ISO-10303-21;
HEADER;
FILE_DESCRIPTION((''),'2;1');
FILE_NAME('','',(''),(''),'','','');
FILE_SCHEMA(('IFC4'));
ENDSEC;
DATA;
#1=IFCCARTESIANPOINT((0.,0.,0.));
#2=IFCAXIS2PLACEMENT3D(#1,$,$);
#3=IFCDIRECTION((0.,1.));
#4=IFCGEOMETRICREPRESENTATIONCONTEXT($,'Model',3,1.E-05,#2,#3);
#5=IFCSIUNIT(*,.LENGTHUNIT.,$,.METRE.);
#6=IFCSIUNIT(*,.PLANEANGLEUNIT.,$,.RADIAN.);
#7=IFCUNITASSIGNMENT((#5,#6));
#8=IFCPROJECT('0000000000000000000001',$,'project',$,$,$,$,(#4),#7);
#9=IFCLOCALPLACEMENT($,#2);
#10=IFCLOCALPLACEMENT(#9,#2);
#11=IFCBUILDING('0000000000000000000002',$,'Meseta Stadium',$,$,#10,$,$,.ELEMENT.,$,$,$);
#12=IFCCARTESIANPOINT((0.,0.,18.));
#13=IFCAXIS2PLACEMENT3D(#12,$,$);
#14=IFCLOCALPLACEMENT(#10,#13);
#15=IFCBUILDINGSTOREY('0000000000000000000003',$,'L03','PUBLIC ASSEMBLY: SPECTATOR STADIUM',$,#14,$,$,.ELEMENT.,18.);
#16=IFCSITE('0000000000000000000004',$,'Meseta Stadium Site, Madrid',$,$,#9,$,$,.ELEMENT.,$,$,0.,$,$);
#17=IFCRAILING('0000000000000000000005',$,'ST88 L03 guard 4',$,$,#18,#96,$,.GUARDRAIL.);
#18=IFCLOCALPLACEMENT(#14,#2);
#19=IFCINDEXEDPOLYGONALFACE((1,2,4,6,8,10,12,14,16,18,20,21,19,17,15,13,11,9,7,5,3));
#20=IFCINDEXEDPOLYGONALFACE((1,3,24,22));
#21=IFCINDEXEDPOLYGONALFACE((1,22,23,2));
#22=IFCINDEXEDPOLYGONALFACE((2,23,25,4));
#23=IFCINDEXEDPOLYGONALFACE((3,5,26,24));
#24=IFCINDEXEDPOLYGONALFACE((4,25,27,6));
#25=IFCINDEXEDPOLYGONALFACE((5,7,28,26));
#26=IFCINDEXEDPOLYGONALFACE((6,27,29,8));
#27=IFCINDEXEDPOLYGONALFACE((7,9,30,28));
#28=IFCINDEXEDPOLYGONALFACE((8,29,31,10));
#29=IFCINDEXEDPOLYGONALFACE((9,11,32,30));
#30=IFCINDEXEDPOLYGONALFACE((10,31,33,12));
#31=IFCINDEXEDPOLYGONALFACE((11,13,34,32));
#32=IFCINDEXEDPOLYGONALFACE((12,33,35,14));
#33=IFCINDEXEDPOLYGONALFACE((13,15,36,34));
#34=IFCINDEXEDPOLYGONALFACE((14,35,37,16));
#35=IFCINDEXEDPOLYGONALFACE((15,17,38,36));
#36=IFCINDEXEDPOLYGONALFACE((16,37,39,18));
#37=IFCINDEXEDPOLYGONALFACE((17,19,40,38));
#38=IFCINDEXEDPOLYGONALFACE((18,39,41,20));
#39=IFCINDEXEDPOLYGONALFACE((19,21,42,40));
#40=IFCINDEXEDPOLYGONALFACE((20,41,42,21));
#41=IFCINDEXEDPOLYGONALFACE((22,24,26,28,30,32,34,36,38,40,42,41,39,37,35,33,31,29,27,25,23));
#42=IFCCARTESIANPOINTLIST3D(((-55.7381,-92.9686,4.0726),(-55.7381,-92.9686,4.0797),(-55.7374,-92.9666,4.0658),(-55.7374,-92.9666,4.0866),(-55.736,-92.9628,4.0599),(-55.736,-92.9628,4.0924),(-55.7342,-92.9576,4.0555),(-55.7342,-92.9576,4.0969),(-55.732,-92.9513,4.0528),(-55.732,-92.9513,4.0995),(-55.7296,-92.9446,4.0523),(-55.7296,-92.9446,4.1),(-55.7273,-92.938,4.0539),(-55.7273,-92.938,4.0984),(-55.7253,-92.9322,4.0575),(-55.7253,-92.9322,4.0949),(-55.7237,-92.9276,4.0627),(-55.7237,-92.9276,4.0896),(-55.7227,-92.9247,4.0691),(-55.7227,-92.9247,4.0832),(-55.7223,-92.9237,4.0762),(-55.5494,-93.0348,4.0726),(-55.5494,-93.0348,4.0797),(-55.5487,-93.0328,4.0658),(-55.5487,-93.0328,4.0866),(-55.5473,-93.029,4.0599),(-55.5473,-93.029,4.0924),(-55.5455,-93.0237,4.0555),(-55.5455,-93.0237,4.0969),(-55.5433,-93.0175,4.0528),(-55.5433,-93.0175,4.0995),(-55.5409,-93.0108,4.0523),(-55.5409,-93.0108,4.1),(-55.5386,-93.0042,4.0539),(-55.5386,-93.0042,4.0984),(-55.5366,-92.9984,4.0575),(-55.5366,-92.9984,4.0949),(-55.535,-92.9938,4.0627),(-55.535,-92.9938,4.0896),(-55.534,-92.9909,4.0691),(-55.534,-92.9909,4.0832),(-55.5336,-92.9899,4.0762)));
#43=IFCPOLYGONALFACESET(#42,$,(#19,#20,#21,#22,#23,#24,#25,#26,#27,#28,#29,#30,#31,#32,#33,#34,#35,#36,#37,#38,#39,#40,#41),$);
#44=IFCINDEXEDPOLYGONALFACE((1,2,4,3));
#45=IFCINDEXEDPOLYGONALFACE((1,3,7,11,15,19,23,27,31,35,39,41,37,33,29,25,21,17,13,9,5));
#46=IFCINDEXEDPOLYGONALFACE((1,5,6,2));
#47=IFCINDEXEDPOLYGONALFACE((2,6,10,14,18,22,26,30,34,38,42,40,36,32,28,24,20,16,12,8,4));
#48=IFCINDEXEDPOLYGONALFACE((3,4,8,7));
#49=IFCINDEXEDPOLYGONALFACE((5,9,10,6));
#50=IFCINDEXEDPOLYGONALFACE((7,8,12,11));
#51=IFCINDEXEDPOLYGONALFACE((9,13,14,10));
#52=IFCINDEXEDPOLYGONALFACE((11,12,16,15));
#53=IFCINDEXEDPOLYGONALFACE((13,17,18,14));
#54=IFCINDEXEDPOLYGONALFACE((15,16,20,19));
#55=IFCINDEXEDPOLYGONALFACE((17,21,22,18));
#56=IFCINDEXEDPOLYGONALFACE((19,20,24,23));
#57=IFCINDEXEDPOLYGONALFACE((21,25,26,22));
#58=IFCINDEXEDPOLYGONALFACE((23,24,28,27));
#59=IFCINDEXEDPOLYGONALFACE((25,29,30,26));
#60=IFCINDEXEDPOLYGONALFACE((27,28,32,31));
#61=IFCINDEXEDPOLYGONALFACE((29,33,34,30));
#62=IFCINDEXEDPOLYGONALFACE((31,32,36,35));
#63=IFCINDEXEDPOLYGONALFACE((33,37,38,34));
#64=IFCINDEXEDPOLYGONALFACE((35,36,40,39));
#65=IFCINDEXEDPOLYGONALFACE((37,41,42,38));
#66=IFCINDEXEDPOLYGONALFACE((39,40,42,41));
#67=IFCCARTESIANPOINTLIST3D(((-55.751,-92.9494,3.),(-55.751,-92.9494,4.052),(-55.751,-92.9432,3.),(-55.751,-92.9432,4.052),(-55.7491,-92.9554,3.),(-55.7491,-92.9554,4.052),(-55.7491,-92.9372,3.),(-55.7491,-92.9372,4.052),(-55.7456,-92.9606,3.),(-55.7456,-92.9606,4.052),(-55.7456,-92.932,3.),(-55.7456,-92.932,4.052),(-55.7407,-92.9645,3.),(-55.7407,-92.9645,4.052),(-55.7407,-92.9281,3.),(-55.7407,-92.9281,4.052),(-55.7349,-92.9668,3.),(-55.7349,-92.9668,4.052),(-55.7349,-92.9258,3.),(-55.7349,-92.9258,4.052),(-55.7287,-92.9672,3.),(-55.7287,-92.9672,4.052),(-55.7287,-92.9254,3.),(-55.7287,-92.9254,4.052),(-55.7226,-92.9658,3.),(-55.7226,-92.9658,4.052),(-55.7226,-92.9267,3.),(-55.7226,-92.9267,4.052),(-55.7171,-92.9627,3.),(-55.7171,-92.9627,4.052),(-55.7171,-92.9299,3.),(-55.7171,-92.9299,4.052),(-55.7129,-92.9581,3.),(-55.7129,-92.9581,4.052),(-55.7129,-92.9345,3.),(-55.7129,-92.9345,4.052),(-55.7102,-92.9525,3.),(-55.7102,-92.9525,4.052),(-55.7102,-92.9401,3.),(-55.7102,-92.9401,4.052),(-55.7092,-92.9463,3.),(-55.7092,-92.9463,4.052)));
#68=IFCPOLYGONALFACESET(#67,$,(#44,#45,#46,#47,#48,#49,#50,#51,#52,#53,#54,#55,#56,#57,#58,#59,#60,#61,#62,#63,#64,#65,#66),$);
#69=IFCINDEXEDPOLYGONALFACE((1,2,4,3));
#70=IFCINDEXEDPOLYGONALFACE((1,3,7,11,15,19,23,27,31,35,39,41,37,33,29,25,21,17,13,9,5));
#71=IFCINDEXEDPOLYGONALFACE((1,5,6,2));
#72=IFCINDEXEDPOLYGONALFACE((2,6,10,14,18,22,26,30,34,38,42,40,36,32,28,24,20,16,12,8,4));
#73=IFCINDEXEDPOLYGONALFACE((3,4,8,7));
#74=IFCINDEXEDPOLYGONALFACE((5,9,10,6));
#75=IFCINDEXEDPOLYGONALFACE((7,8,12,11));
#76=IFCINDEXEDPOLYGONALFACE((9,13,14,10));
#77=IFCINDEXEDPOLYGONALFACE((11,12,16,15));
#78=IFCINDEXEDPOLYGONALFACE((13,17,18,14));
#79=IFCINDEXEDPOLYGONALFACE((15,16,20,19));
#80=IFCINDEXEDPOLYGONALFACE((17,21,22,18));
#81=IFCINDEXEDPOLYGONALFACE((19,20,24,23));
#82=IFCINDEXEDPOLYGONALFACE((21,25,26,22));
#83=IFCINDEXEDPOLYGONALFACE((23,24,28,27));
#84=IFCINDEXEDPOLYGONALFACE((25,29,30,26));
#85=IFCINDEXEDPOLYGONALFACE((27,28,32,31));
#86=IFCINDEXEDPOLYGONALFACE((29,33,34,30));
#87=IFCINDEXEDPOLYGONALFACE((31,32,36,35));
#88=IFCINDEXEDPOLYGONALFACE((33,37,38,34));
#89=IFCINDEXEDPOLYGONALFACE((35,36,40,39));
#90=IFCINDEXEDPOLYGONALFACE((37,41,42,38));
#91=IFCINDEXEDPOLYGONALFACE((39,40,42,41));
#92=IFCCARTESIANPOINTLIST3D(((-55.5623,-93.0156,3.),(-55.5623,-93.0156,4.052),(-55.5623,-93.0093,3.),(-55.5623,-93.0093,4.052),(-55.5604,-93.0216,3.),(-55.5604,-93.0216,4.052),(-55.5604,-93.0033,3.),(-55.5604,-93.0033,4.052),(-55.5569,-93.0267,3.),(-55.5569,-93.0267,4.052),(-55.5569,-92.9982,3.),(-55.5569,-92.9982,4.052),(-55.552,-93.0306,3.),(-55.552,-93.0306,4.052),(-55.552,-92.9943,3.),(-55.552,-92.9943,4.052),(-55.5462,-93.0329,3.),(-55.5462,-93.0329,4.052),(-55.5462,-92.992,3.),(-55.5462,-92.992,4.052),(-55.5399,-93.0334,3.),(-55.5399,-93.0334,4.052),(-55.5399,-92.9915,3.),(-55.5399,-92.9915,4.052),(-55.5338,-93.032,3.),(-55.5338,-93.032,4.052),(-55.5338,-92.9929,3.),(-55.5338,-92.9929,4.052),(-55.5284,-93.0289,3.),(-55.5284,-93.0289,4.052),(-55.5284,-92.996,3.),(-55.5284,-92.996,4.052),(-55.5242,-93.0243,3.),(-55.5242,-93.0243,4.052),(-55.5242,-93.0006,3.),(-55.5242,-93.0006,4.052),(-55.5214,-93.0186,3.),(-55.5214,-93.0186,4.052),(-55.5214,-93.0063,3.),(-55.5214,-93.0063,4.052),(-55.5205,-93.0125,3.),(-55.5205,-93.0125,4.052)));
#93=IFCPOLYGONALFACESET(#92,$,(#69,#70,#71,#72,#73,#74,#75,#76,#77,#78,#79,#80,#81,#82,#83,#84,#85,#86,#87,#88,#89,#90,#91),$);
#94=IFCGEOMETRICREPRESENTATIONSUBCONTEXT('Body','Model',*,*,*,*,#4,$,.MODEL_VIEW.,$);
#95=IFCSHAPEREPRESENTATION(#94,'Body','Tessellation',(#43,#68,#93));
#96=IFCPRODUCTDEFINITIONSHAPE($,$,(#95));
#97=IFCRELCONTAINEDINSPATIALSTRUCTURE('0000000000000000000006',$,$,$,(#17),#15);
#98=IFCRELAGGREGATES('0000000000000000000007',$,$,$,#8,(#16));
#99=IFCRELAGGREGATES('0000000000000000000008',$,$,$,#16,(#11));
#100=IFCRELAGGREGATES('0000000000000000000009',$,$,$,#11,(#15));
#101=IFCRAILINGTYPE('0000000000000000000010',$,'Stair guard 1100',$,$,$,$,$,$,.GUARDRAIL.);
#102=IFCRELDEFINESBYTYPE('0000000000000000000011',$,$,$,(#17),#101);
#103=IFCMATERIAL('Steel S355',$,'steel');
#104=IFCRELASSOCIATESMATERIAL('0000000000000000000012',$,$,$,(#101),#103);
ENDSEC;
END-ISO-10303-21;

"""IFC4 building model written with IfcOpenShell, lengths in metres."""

from ifc_helpers import new_model, si_unit, direction, frame, origin, origin_2d, place, context, subcontext, project, spatial, circle, extrude, material, type_object, element, save


model = new_model("IFC4")

# Units and contexts
model_context = context("Model", 3, precision=1e-05, world=origin(), true_north=direction((0.0, 1.0)))
body_context = subcontext(model_context, "Body", "Model", "MODEL_VIEW")
ifc_project = project(units=[si_unit("LENGTHUNIT", "METRE"), si_unit("PLANEANGLEUNIT", "RADIAN")], contexts=[model_context])

# Site, building, storey
site_placement = place(None, origin())
site = spatial("IfcSite", under=ifc_project, at=site_placement, Name="Meseta Stadium Site, Madrid", CompositionType="ELEMENT", RefElevation=0.0)
building_placement = place(site_placement, origin())
building = spatial("IfcBuilding", under=site, at=building_placement, Name="Meseta Stadium", CompositionType="ELEMENT")
storey_placement = place(building_placement, frame((0.0, 0.0, 18.0)))
storey = spatial("IfcBuildingStorey", under=building, at=storey_placement, Name="L03", Description="PUBLIC ASSEMBLY: SPECTATOR STADIUM", CompositionType="ELEMENT", Elevation=18.0)

# Railing
ifc_material_1 = material(Name="Steel S355", Category="steel")
railing_type_1 = type_object("IfcRailingType", Name="Stair guard 1100", PredefinedType="GUARDRAIL", material=ifc_material_1)
railing_1_placement = place(storey_placement, frame((-55.7302, -92.9463, 3.0)))
element("IfcRailing", 1, at=railing_1_placement, inside=storey, type_object=railing_type_1, Name="ST88 L03 guard 4", PredefinedType="GUARDRAIL", context=body_context, shape_type="SweptSolid", body=[
    extrude(circle(Radius=0.0239, at=origin_2d()), frame((0.0, 0.0, 1.0762), z_axis=(0.943687, -0.33084, 0.0), x_axis=(0.33084, 0.943687, 0.0)), (0.0, 0.0, 1.0), 0.2),
    extrude(circle(Radius=0.021, at=origin_2d()), origin(), (0.0, 0.0, 1.0), 1.052),
    extrude(circle(Radius=0.021, at=origin_2d()), frame((0.1887, -0.0662, 0.0)), (0.0, 0.0, 1.0), 1.052),
])

save(model, "model.ifc")
